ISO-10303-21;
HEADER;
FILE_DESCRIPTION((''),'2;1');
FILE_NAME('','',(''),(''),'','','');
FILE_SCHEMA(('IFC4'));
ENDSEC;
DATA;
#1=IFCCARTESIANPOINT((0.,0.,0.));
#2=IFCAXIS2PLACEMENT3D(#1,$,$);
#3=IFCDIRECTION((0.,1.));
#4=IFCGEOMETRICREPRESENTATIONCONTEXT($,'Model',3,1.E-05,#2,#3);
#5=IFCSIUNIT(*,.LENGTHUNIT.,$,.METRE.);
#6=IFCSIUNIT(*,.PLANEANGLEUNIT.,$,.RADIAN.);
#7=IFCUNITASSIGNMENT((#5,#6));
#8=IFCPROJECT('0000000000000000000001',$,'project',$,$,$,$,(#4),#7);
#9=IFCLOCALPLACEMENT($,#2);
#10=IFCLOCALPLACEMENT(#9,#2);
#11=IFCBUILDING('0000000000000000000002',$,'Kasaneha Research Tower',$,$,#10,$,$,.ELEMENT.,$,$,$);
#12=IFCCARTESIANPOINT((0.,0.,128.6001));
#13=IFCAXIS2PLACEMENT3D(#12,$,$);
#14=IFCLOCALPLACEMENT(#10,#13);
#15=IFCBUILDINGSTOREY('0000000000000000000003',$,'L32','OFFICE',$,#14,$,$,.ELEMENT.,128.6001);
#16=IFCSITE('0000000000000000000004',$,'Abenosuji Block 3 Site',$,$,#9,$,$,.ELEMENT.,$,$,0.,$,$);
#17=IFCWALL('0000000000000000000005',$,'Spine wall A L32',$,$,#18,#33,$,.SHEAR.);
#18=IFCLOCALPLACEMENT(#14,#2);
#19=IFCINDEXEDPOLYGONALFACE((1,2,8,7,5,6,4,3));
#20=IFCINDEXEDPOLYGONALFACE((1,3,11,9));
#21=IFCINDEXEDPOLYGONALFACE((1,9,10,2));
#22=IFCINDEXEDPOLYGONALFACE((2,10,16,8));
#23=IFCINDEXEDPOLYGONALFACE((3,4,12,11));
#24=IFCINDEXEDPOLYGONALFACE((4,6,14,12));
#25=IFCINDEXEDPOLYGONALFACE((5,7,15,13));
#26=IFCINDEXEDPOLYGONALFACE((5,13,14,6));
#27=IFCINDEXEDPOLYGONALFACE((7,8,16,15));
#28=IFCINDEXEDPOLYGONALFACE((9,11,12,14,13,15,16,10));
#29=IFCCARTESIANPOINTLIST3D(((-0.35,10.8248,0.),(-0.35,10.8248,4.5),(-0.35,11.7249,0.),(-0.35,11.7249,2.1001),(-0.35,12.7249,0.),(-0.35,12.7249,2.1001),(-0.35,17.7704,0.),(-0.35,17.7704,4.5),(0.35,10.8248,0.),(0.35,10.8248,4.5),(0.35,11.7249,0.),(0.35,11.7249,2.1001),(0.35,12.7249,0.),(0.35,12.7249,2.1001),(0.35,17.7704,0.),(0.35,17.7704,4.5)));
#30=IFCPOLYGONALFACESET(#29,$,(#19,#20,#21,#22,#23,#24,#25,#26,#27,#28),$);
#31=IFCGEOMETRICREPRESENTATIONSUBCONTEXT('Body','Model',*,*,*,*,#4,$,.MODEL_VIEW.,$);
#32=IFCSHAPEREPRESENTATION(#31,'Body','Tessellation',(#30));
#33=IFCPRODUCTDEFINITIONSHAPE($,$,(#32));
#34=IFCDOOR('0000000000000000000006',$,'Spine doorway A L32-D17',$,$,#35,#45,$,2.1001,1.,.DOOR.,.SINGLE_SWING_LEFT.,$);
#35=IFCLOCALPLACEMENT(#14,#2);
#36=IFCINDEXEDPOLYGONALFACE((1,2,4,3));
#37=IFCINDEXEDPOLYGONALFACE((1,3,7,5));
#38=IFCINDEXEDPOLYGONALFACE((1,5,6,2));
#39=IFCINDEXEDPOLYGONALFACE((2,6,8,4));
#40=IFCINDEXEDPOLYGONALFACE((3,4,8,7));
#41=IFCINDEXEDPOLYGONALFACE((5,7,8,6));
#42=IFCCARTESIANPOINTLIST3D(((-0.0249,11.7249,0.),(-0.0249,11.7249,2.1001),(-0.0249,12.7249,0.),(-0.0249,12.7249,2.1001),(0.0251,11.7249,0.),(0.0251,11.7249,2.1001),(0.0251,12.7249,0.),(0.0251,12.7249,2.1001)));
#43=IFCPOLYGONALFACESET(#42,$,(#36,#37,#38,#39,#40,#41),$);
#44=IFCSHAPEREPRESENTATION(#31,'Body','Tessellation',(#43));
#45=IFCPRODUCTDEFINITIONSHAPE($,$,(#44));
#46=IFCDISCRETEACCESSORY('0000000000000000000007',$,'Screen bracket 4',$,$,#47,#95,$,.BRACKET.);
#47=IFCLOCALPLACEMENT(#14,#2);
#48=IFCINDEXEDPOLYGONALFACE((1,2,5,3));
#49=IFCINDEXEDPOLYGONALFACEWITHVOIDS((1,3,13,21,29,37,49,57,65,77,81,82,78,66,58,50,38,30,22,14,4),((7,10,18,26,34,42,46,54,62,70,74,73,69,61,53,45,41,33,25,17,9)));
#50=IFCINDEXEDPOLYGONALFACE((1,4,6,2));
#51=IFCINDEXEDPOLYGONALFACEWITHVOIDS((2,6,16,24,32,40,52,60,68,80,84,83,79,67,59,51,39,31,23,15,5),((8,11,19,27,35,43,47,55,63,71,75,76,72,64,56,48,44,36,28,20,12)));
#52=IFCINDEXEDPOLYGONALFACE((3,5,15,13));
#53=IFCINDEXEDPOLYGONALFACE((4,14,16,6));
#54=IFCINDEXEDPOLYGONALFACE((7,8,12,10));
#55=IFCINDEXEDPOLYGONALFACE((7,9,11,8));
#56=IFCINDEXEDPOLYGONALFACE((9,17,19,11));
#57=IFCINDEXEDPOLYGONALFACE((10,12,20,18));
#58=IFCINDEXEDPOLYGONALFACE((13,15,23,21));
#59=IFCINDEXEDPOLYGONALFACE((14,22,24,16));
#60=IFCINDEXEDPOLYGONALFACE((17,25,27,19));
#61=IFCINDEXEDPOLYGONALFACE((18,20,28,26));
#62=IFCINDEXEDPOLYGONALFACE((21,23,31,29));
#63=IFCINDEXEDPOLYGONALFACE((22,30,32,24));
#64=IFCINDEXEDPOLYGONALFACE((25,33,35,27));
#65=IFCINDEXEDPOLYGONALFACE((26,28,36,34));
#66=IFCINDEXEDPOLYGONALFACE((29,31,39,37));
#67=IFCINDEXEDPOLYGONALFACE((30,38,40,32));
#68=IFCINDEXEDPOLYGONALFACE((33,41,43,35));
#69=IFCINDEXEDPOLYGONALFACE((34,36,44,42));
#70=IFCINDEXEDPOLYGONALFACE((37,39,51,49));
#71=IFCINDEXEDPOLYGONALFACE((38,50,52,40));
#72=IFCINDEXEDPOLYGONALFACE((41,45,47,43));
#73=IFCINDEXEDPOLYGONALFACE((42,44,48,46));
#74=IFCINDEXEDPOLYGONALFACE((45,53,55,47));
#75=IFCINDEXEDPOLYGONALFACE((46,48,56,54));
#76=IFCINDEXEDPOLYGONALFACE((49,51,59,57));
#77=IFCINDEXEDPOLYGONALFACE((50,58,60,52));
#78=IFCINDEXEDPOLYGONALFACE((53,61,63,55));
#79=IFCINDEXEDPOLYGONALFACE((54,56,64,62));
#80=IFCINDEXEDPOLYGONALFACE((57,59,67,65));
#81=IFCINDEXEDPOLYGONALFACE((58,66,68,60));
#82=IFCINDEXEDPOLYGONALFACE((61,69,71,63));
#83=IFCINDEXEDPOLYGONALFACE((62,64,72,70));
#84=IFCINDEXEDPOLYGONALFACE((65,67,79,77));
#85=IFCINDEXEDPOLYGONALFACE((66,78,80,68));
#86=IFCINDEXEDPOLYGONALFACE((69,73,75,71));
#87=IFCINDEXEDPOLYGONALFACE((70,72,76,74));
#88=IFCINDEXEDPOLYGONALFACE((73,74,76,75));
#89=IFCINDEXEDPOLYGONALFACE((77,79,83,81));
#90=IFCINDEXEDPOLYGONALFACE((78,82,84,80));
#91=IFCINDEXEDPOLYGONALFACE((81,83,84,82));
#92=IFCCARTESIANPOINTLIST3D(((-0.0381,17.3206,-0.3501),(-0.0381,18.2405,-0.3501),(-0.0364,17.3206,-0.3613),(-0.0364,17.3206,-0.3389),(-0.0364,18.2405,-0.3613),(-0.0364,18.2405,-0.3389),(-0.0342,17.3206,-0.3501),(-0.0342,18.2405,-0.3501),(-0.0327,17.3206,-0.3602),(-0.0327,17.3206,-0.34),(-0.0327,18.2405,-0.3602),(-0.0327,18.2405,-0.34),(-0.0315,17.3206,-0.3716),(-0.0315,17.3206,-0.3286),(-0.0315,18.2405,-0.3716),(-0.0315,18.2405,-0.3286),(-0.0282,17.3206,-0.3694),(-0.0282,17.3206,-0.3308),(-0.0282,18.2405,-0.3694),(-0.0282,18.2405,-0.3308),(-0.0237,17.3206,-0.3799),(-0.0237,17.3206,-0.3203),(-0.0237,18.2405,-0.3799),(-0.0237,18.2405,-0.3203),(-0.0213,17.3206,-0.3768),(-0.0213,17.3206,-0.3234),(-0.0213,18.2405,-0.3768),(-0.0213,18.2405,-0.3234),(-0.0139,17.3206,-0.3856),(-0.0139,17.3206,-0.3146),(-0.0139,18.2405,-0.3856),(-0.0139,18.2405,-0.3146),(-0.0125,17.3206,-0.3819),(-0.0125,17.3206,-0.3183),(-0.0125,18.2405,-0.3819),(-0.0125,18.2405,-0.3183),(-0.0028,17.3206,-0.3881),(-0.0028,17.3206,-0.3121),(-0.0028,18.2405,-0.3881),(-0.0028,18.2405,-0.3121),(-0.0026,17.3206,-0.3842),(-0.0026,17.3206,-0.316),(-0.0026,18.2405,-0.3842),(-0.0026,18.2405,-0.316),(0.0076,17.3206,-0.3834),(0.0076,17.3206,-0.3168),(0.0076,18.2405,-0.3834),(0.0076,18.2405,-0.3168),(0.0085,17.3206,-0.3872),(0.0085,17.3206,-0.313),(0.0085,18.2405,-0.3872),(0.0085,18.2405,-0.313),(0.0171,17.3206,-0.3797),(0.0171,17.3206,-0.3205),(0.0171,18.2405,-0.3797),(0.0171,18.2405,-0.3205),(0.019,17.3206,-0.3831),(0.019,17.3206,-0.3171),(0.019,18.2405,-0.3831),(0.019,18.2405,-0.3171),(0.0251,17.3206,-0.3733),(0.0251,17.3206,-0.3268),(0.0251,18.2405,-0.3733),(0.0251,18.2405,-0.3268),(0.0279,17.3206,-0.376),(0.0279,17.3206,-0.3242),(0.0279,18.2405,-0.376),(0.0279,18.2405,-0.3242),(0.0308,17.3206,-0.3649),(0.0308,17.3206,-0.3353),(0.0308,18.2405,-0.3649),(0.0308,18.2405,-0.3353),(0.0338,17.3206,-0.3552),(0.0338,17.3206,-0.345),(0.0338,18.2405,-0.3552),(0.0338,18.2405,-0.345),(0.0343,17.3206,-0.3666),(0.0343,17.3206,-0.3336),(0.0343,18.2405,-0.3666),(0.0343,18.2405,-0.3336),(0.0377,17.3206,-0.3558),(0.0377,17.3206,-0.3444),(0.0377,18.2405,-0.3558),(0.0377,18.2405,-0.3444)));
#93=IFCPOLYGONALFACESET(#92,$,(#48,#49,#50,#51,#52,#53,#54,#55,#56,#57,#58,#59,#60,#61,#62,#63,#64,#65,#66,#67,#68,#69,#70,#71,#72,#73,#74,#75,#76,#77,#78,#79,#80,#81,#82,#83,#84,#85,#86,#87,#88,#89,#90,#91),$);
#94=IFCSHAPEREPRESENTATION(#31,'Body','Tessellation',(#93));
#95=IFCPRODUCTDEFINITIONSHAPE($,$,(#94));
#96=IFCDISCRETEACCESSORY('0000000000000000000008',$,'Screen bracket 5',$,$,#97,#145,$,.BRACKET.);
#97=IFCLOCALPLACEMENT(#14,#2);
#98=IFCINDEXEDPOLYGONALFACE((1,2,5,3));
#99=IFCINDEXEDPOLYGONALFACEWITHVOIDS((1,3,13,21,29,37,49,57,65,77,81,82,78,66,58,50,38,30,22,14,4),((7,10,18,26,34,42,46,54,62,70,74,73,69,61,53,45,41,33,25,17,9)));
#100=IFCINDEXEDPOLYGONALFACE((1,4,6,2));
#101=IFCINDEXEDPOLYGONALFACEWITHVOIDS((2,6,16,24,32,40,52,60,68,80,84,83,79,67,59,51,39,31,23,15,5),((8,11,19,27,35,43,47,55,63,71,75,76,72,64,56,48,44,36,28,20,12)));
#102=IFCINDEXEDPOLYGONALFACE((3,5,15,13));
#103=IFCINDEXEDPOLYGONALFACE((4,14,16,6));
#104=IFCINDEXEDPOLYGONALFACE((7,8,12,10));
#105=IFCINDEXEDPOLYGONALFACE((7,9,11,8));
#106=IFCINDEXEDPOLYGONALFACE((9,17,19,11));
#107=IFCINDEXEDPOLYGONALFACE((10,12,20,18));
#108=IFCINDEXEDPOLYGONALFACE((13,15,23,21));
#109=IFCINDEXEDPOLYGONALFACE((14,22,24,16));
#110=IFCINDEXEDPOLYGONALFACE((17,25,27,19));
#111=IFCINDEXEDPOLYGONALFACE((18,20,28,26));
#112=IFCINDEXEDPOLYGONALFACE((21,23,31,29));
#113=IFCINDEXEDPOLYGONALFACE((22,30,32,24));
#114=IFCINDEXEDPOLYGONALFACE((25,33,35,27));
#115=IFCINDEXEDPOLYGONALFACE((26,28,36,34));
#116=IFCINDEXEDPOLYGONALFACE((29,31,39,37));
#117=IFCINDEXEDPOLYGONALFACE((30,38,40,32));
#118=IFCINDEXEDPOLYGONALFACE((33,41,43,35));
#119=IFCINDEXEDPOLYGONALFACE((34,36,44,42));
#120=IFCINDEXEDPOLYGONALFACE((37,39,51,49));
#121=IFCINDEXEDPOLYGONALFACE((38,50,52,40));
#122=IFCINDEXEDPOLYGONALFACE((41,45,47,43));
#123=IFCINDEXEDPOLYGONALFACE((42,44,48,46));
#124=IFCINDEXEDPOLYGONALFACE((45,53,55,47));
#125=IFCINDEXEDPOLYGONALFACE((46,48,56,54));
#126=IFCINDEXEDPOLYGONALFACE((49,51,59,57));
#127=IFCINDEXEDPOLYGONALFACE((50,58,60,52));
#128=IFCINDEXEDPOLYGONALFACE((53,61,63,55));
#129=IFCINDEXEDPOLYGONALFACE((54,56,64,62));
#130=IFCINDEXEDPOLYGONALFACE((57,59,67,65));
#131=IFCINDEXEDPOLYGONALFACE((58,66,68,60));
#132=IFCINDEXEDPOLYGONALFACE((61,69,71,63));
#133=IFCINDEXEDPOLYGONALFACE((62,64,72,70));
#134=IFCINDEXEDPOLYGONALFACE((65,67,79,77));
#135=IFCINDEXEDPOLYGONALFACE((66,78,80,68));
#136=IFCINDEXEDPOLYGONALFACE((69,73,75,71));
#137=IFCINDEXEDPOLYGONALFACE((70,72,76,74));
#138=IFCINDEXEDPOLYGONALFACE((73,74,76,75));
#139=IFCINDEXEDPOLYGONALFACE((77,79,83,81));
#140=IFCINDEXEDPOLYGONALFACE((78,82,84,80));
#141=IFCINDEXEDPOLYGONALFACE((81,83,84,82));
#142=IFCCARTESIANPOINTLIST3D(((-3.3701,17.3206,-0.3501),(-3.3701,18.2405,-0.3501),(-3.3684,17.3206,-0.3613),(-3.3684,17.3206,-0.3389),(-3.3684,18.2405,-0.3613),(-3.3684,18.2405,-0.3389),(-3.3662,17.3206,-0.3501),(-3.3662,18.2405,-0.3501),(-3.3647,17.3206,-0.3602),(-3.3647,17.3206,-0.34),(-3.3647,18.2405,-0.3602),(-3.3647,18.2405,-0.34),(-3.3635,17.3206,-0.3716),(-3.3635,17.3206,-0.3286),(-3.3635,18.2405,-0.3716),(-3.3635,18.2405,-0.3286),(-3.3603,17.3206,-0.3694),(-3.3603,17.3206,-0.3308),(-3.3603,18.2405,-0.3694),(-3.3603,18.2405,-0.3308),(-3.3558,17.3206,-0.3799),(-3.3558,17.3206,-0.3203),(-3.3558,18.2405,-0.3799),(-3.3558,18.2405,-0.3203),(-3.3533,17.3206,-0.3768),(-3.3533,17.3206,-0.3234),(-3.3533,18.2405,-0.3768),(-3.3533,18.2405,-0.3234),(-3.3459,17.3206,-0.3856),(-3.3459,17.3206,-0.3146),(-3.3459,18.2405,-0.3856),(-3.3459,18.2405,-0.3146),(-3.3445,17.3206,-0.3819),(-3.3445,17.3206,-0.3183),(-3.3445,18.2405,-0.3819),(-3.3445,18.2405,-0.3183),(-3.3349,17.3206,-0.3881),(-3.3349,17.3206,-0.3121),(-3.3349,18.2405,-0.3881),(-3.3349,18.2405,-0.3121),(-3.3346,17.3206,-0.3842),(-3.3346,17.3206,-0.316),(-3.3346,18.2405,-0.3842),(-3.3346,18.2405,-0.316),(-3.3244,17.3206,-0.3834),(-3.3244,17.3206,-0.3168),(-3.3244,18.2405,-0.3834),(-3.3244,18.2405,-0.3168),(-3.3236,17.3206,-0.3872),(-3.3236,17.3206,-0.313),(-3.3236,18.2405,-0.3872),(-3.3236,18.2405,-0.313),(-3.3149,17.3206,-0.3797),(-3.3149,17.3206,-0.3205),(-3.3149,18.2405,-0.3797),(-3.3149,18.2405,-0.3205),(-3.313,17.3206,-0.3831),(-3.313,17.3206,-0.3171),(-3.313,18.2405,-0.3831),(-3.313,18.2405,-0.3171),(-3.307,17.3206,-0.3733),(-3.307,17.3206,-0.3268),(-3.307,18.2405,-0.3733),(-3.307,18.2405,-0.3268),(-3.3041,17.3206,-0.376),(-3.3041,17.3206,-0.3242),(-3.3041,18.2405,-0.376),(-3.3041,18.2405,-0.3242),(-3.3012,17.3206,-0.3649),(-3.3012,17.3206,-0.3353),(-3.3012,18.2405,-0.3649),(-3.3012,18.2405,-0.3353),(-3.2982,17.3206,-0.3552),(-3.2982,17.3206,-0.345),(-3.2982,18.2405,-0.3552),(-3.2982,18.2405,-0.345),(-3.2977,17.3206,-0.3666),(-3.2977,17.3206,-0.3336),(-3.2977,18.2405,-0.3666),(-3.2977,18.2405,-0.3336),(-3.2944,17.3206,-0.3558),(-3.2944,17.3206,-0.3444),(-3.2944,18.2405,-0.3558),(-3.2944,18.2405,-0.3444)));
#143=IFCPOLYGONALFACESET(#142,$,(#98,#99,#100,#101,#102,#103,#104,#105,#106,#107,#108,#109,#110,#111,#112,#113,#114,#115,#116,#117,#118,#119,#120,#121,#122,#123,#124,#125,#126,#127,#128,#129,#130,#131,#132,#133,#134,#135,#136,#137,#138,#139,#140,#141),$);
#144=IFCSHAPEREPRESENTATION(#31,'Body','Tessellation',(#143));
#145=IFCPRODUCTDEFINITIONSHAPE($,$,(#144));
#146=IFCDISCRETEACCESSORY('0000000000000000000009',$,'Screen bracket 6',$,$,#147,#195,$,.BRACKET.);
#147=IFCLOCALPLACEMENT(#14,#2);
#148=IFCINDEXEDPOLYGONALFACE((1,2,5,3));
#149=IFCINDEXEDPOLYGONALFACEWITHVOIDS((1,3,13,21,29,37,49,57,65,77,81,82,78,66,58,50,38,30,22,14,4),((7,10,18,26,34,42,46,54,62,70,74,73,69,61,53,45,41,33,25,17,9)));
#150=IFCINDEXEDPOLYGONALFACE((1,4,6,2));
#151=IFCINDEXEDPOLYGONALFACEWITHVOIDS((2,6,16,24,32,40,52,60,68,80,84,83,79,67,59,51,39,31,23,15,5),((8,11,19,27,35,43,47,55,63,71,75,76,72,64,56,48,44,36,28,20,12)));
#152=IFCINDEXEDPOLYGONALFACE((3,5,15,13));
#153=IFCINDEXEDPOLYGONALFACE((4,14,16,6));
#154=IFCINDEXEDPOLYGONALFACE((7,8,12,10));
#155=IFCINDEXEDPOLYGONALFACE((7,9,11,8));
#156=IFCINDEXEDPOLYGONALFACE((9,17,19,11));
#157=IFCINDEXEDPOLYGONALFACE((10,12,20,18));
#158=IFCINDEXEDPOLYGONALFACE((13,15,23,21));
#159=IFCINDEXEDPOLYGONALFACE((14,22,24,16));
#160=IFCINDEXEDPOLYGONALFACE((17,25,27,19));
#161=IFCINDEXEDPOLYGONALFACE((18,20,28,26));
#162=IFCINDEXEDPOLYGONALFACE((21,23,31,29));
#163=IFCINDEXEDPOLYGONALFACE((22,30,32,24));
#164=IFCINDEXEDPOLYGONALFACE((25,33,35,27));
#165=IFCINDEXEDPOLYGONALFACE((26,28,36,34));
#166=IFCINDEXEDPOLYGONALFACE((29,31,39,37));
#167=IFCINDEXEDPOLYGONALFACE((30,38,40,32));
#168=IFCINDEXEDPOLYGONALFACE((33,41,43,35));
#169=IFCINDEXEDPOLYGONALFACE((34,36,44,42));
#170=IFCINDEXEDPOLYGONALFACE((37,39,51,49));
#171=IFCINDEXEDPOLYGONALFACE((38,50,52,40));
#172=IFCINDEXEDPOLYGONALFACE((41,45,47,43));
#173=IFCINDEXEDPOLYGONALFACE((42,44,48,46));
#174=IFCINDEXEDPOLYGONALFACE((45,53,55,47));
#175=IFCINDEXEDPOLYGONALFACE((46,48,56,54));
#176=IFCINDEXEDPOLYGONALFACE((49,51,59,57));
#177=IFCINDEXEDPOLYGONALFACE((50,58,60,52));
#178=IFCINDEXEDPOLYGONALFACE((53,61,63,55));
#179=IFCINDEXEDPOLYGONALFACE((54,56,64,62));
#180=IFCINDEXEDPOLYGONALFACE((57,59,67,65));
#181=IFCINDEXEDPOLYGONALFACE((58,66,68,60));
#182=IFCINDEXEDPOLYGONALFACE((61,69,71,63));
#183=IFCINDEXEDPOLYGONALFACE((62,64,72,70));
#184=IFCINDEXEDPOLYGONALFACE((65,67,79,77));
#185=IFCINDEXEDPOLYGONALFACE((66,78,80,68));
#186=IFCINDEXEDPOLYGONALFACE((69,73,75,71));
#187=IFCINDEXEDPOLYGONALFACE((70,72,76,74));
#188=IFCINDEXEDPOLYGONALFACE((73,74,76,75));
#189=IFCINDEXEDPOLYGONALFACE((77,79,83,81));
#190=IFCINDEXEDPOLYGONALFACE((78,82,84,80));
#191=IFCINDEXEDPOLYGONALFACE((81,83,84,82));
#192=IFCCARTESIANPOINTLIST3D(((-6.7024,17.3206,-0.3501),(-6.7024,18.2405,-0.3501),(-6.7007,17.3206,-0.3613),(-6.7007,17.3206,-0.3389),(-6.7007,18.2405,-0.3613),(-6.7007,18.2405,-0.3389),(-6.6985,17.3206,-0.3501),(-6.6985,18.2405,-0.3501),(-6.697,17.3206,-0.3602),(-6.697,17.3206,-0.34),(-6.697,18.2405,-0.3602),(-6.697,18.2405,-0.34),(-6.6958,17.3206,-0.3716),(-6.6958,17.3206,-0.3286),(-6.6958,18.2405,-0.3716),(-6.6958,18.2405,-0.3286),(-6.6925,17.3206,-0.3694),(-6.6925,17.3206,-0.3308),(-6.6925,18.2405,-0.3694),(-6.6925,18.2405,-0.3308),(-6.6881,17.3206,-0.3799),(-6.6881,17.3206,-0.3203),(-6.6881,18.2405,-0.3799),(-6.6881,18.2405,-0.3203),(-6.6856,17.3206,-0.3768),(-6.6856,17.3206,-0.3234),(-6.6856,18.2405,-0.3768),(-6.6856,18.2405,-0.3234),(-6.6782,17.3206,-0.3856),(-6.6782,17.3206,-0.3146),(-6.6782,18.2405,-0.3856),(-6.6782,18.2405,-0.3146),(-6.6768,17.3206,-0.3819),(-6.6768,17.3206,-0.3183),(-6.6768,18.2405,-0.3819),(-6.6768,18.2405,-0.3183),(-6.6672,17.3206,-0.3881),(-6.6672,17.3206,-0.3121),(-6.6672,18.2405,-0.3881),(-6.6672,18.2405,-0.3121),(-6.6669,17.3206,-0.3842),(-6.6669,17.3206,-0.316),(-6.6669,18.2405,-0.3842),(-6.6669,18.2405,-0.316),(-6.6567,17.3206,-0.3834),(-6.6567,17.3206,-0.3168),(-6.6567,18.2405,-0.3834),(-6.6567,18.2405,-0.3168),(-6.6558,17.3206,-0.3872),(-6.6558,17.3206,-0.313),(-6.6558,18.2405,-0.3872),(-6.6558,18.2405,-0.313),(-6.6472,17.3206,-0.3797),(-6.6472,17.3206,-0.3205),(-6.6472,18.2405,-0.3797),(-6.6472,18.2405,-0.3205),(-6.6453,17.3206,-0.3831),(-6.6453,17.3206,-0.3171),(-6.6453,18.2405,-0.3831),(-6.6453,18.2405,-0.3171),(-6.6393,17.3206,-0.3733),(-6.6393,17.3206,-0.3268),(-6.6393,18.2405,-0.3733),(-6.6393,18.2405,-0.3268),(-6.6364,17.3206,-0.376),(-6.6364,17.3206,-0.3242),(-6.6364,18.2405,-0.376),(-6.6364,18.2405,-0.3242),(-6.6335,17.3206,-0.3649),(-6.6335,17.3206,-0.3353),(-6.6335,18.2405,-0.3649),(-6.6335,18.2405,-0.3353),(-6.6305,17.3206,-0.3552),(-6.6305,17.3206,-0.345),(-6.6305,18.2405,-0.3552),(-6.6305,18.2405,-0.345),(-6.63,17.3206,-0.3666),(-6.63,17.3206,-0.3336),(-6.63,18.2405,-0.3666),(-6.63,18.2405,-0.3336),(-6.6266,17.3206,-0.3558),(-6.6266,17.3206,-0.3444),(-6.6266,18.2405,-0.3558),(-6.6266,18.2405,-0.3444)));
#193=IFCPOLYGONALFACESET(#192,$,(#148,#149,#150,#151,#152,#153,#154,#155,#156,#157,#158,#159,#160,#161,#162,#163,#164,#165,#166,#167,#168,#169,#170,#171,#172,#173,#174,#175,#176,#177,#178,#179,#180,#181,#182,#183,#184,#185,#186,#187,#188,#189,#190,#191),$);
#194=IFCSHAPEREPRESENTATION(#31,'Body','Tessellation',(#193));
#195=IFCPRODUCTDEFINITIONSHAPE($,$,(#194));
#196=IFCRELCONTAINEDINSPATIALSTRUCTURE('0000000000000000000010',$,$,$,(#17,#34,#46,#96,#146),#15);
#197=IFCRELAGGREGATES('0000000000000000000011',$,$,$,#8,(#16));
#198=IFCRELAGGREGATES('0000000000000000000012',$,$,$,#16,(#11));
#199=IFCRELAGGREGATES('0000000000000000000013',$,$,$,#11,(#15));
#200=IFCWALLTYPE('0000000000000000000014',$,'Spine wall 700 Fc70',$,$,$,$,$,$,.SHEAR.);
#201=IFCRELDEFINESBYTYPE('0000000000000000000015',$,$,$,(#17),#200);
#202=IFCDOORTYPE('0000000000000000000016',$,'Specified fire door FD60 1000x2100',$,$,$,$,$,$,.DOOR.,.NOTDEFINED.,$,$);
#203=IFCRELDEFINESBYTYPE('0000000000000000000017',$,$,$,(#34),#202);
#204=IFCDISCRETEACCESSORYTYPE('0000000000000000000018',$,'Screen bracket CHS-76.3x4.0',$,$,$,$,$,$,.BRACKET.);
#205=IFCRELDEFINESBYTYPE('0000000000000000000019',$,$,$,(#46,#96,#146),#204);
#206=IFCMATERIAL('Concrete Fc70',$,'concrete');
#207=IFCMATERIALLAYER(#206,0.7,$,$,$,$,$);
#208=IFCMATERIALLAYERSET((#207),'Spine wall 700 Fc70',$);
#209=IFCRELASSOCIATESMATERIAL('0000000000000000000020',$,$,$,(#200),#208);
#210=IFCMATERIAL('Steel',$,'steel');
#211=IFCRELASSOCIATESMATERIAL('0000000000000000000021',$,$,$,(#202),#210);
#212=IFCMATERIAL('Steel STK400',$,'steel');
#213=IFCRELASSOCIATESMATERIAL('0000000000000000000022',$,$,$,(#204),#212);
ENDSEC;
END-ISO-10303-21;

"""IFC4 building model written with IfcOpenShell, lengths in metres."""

from ifc_helpers import new_model, si_unit, direction, frame, frame_2d, origin, origin_2d, place, context, subcontext, project, spatial, rectangle, hollow_circle, extrude, material, layer, layer_set, material_profile, profile_set, type_object, element, fill, save


model = new_model("IFC4")

# Units and contexts
model_context = context("Model", 3, precision=1e-05, world=origin(), true_north=direction((0.0, 1.0)))
body_context = subcontext(model_context, "Body", "Model", "MODEL_VIEW")
ifc_project = project(units=[si_unit("LENGTHUNIT", "METRE"), si_unit("PLANEANGLEUNIT", "RADIAN")], contexts=[model_context])

# Site, building, storey
site_placement = place(None, origin())
site = spatial("IfcSite", under=ifc_project, at=site_placement, Name="Abenosuji Block 3 Site", CompositionType="ELEMENT", RefElevation=0.0)
building_placement = place(site_placement, origin())
building = spatial("IfcBuilding", under=site, at=building_placement, Name="Kasaneha Research Tower", CompositionType="ELEMENT")
storey_placement = place(building_placement, frame((0.0, 0.0, 128.6001)))
storey = spatial("IfcBuildingStorey", under=building, at=storey_placement, Name="L32", Description="OFFICE", CompositionType="ELEMENT", Elevation=128.6001)

# Wall, opening, door
ifc_material_1 = material(Name="Concrete Fc70", Category="concrete")
ifc_layer_1 = layer(ifc_material_1, 0.7)
ifc_layer_set_1 = layer_set([ifc_layer_1], Name="Spine wall 700 Fc70")
wall_type_1 = type_object("IfcWallType", Name="Spine wall 700 Fc70", PredefinedType="SHEAR", material=ifc_layer_set_1)
wall_1_placement = place(storey_placement, frame((0.0, 10.825, 0.0), z_axis=(0.0, 0.0, 1.0), x_axis=(0.0, 1.0, 0.0)))
wall_1 = element("IfcWall", 1, at=wall_1_placement, inside=storey, type_object=wall_type_1, Name="Spine wall A L32", PredefinedType="SHEAR", context=body_context, shape_type="SweptSolid", body=[
    extrude(rectangle(XDim=6.9456, YDim=0.7, at=frame_2d((3.4727, 0.0))), origin(), (0.0, 0.0, 1.0), 4.5),
])
opening_1_placement = place(wall_1_placement, frame((0.8999, 0.0, 0.0)))
opening_1 = element("IfcOpeningElement", 2, at=opening_1_placement, cuts=wall_1, PredefinedType="OPENING", context=body_context, shape_type="SweptSolid", body=[
    extrude(rectangle(XDim=1.0, YDim=2.1001, at=frame_2d((0.5, 1.05))), frame((0.0, 0.3599, 0.0), z_axis=(0.0, -1.0, 0.0), x_axis=(1.0, 0.0, 0.0)), (0.0, 0.0, 1.0), 0.72),
])
ifc_material_2 = material(Name="Steel", Category="steel")
door_type_1 = type_object("IfcDoorType", Name="Specified fire door FD60 1000x2100", OperationType="NOTDEFINED", PredefinedType="DOOR", material=ifc_material_2)
door_1_placement = place(opening_1_placement, origin())
door_1 = element("IfcDoor", 3, at=door_1_placement, inside=storey, type_object=door_type_1, Name="Spine doorway A L32-D17", OperationType="SINGLE_SWING_LEFT", OverallHeight=2.1001, OverallWidth=1.0, PredefinedType="DOOR", context=body_context, shape_type="SweptSolid", body=[
    extrude(rectangle(XDim=1.0, YDim=2.1001, at=frame_2d((0.5, 1.05))), frame((0.0, 0.0249, 0.0), z_axis=(0.0, -1.0, 0.0), x_axis=(1.0, 0.0, 0.0)), (0.0, 0.0, 1.0), 0.05),
])
fill(opening_1, door_1)

# Discrete accessories
ifc_material_3 = material(Name="Steel STK400", Category="steel")
ifc_material_profile_1 = material_profile(ifc_material_3, hollow_circle(Radius=0.0381, WallThickness=0.0039, at=origin_2d()), Name="CHS-76.3x4.0")
ifc_profile_set_1 = profile_set([ifc_material_profile_1], Name="Steel STK400")
discrete_accessory_type = type_object("IfcDiscreteAccessoryType", Name="Screen bracket CHS-76.3x4.0", PredefinedType="BRACKET", material=ifc_profile_set_1)
for number, where, z_axis, x_axis, name in (
    (4, (0.0, 17.3206, -0.3501), (0.0, 1.0, 0.0), (-1.0, 0.0, 0.0), "Screen bracket 4"),
    (5, (-3.332, 17.3206, -0.3501), (0.0, 1.0, 0.0), (-1.0, 0.0, 0.0), "Screen bracket 5"),
    (6, (-6.6643, 17.3206, -0.3501), (0.0, 1.0, 0.0), (-1.0, 0.0, 0.0), "Screen bracket 6"),
):
    element("IfcDiscreteAccessory", number, at=place(storey_placement, frame(where, z_axis=z_axis, x_axis=x_axis)), inside=storey, type_object=discrete_accessory_type, Name=name, PredefinedType="BRACKET", context=body_context, shape_type="SweptSolid", body=[
        extrude(hollow_circle(Radius=0.0381, WallThickness=0.0039, at=origin_2d()), origin(), (0.0, 0.0, 1.0), 0.9199),
    ])

save(model, "model.ifc")
